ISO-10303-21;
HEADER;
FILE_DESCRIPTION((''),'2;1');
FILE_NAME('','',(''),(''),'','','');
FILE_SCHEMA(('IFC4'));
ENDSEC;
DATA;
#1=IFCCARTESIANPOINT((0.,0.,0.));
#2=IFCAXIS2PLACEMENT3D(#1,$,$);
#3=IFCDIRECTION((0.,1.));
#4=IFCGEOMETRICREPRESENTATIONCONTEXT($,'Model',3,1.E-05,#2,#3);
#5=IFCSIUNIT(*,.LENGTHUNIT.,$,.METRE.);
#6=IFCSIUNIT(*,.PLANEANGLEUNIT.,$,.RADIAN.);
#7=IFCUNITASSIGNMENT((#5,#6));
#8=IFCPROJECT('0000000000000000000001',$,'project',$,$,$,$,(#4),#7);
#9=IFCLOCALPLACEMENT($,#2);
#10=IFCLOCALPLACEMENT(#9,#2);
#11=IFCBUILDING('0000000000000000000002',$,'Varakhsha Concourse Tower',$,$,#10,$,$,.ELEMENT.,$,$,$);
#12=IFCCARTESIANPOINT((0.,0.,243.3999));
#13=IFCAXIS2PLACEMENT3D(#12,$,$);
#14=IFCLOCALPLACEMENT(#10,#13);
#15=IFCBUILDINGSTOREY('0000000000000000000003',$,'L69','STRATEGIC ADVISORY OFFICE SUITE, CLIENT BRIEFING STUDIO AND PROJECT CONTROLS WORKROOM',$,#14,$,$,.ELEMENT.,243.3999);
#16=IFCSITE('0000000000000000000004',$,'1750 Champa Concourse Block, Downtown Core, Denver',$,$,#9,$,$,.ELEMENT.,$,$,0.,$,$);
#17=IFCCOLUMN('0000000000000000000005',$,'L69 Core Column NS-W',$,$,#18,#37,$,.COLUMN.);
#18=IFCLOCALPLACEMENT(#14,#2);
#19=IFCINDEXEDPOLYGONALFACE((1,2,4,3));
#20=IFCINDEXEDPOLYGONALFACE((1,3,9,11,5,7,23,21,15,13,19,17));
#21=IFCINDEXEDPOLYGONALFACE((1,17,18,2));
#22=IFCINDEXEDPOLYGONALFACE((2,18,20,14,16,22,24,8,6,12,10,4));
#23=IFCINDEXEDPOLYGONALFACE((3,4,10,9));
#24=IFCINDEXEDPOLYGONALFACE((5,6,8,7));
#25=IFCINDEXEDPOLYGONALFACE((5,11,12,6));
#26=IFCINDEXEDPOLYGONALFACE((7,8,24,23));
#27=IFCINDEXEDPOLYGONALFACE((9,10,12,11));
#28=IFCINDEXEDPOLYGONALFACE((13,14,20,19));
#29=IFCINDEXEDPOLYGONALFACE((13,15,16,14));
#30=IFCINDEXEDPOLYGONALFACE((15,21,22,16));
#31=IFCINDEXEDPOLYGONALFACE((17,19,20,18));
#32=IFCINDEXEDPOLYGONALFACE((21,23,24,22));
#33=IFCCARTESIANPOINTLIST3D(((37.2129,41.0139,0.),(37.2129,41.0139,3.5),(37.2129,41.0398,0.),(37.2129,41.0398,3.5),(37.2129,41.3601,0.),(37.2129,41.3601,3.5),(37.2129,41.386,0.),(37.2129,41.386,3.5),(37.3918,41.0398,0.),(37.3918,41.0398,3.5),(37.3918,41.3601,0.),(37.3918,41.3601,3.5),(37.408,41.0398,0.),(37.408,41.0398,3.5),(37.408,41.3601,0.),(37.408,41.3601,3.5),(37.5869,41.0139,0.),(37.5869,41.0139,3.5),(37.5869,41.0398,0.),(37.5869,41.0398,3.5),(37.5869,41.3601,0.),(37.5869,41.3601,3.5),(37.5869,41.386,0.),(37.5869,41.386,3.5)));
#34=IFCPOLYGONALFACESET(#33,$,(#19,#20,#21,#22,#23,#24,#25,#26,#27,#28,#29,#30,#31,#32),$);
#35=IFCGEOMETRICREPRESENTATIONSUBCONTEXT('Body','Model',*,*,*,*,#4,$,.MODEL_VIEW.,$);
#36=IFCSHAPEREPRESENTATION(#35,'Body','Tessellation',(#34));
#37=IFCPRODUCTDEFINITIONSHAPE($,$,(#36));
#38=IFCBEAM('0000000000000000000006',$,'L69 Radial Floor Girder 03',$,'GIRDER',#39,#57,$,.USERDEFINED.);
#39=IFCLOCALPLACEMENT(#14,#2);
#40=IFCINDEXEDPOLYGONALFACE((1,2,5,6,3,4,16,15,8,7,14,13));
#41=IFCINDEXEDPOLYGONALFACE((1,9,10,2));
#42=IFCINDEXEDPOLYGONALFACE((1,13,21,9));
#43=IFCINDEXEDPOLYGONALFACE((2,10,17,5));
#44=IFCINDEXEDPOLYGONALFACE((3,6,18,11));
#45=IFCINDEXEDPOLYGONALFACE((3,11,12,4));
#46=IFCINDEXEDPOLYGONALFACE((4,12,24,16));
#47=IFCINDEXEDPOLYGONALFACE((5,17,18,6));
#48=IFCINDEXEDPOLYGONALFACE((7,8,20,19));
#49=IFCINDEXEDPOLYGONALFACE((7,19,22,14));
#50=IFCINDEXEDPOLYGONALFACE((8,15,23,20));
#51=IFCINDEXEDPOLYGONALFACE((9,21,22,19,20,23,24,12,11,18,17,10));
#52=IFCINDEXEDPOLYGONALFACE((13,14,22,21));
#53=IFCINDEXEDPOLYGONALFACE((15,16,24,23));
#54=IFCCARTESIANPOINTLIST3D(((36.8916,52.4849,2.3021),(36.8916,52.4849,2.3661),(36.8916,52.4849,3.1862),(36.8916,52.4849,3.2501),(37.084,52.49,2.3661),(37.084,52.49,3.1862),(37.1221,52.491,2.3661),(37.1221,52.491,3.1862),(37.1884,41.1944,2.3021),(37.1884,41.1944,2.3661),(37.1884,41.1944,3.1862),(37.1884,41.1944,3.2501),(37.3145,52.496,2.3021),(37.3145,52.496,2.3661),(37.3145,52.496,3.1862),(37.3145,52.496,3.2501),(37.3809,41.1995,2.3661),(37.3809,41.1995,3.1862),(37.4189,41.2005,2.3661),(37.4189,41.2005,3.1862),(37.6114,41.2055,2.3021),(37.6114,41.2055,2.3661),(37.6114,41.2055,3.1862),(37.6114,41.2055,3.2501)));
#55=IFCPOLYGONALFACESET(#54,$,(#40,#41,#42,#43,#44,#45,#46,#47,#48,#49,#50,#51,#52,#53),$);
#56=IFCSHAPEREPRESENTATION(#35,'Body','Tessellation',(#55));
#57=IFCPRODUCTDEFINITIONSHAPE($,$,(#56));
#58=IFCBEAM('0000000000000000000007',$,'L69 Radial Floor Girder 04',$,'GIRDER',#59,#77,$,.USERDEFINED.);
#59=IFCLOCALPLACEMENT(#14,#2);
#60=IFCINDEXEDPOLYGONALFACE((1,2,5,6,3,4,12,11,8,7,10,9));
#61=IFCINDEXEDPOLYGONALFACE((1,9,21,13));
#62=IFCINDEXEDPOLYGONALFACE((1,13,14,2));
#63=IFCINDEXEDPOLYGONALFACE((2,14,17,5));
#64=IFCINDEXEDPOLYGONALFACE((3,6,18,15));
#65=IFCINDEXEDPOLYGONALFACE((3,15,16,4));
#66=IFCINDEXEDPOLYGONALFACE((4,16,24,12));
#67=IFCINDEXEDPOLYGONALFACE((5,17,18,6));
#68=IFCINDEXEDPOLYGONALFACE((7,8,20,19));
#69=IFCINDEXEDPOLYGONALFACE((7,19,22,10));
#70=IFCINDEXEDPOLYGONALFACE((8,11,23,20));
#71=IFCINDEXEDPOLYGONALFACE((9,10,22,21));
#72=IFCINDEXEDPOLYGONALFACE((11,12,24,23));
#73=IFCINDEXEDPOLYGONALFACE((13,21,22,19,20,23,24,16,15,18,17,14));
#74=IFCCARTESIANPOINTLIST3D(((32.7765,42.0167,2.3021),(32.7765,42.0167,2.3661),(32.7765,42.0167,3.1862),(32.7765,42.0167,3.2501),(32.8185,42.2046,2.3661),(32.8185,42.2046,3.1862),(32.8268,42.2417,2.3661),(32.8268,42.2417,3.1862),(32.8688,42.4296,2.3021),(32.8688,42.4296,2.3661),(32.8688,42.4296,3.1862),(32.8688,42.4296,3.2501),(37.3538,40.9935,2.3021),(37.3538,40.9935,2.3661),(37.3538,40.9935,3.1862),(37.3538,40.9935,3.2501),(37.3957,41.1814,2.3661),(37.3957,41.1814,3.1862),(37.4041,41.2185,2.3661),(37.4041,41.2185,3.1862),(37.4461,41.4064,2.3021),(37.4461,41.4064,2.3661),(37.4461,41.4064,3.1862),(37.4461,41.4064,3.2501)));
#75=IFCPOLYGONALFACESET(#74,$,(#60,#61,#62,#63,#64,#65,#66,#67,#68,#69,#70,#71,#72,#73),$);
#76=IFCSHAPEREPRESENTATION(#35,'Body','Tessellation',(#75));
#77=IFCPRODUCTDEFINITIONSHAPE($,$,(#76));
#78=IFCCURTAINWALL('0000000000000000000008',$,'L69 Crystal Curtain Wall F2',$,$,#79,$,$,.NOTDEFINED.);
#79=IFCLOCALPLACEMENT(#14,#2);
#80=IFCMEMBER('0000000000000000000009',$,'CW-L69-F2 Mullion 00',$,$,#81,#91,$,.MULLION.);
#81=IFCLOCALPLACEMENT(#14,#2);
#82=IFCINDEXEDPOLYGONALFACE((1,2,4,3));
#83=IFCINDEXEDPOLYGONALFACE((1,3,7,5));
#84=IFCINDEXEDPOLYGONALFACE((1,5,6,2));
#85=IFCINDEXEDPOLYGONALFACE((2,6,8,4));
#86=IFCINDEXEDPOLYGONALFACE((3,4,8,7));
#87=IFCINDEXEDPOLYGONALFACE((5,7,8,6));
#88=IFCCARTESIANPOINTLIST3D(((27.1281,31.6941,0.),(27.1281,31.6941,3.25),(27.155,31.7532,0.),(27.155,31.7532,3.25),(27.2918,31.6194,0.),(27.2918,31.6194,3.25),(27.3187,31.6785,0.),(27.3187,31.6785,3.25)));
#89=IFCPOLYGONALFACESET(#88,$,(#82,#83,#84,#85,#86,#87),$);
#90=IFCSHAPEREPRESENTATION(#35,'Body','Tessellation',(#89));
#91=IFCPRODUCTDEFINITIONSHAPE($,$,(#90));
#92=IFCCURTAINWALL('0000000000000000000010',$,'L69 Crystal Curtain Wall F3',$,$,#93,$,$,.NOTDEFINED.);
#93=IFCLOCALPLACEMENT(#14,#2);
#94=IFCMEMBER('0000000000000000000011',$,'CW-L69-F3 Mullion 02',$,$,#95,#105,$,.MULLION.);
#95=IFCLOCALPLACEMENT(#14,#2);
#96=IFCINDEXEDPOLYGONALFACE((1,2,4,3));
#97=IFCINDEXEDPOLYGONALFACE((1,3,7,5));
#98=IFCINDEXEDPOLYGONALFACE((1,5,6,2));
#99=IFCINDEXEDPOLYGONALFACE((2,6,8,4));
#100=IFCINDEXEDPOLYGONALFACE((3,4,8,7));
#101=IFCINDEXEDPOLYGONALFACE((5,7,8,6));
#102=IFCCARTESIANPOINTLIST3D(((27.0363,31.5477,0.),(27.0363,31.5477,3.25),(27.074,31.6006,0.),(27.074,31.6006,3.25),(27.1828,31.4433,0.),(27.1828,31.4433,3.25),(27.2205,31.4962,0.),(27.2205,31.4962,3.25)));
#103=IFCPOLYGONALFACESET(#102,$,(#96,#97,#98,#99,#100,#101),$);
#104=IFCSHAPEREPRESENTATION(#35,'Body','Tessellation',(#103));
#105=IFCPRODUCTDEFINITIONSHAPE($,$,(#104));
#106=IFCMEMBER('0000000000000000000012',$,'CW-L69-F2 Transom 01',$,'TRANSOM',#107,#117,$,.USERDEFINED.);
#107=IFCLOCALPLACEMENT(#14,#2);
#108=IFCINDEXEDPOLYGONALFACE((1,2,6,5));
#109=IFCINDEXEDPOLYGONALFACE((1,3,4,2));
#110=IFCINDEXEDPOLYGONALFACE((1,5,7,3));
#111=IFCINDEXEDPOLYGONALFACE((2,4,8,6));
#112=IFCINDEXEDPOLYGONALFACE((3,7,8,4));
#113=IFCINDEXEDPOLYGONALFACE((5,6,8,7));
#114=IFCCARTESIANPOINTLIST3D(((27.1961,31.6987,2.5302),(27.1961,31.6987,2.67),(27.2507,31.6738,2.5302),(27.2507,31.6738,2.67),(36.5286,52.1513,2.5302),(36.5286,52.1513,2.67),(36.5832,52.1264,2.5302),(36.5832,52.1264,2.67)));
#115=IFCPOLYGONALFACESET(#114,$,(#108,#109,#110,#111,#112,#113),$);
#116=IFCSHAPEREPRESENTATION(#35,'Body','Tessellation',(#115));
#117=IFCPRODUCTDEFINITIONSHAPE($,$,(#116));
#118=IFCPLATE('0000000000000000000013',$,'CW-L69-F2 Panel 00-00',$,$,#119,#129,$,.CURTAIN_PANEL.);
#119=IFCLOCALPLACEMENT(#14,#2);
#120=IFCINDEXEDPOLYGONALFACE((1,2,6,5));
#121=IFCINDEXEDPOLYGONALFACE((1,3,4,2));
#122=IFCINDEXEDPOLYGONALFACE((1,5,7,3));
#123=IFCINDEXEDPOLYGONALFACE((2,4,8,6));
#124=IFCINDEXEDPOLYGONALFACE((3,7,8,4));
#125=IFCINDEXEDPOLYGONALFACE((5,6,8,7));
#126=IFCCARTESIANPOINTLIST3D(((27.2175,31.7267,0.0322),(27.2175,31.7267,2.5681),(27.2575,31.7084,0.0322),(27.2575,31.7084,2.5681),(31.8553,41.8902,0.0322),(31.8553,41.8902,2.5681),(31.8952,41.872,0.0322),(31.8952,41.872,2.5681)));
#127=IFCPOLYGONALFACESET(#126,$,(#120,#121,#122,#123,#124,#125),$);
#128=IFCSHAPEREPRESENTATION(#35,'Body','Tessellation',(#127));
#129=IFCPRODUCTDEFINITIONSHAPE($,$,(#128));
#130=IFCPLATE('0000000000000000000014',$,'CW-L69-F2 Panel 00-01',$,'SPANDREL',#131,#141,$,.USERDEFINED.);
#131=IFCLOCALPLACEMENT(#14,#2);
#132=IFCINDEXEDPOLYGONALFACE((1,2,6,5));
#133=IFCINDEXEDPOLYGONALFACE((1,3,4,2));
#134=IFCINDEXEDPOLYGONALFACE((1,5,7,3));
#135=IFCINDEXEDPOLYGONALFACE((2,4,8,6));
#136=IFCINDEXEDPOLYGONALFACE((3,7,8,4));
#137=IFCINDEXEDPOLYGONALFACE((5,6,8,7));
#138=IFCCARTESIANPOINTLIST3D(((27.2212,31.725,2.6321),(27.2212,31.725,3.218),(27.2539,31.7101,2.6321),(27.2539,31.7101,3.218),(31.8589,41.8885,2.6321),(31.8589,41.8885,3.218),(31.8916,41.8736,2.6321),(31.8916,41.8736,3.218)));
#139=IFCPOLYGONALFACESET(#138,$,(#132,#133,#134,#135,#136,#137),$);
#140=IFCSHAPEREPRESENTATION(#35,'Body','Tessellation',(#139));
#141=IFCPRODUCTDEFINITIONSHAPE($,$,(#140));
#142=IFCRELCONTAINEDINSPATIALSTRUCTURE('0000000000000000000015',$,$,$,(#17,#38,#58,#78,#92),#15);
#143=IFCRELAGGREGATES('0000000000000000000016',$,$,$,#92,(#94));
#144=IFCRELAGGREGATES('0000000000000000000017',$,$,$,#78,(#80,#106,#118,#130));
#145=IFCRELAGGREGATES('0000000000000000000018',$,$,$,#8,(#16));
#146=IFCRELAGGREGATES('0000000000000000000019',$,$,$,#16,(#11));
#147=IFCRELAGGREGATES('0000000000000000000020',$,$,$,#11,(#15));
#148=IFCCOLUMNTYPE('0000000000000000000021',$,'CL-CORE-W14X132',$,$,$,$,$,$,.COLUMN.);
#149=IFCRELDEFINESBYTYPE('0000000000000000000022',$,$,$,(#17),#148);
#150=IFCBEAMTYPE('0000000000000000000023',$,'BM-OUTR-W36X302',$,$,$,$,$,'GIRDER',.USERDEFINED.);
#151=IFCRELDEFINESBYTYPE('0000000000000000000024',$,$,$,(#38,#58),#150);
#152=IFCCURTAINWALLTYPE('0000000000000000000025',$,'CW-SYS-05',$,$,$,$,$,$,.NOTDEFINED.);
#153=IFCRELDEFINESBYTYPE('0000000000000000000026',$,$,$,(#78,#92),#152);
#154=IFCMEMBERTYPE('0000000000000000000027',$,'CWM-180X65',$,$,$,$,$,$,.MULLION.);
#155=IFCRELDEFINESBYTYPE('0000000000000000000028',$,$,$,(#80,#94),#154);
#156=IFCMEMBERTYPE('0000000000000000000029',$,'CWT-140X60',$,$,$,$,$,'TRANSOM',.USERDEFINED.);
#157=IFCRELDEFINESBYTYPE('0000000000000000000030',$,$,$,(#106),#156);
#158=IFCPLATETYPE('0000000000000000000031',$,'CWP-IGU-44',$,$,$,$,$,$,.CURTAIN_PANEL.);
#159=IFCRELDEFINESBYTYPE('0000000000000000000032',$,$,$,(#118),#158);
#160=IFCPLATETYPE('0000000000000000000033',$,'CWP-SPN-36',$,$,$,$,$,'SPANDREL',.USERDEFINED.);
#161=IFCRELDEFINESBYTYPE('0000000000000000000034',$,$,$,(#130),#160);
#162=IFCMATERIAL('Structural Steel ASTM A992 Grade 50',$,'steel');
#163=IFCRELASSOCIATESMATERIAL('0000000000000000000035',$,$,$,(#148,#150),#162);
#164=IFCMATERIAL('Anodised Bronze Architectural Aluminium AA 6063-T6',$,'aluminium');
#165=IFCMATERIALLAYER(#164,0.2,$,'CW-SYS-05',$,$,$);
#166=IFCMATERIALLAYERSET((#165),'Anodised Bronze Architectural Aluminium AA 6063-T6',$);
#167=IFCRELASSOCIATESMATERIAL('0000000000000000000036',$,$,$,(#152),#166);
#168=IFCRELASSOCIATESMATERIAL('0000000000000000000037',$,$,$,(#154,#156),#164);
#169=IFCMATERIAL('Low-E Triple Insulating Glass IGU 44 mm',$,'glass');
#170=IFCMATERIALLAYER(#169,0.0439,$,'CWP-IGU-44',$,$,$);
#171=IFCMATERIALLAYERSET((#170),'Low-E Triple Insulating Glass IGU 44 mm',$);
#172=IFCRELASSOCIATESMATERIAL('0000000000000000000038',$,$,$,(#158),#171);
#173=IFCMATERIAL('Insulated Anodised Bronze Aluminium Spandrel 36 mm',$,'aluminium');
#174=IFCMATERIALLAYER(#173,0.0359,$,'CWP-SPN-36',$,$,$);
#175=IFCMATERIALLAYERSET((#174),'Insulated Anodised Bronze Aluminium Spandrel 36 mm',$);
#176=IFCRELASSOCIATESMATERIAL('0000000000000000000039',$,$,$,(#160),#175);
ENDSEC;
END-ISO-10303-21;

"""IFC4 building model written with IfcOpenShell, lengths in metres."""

from ifc_helpers import new_model, si_unit, direction, frame, origin, origin_2d, place, context, subcontext, project, spatial, rectangle, i_section, extrude, source, transform, mapped, material, layer, layer_set, material_profile, profile_set, type_object, type_shapes, element, aggregate, save


model = new_model("IFC4")

# Units and contexts
model_context = context("Model", 3, precision=1e-05, world=origin(), true_north=direction((0.0, 1.0)))
body_context = subcontext(model_context, "Body", "Model", "MODEL_VIEW")
ifc_project = project(units=[si_unit("LENGTHUNIT", "METRE"), si_unit("PLANEANGLEUNIT", "RADIAN")], contexts=[model_context])

# Site, building, storey
site_placement = place(None, origin())
site = spatial("IfcSite", under=ifc_project, at=site_placement, Name="1750 Champa Concourse Block, Downtown Core, Denver", CompositionType="ELEMENT", RefElevation=0.0)
building_placement = place(site_placement, origin())
building = spatial("IfcBuilding", under=site, at=building_placement, Name="Varakhsha Concourse Tower", CompositionType="ELEMENT")
storey_placement = place(building_placement, frame((0.0, 0.0, 243.3999)))
storey = spatial("IfcBuildingStorey", under=building, at=storey_placement, Name="L69", Description="STRATEGIC ADVISORY OFFICE SUITE, CLIENT BRIEFING STUDIO AND PROJECT CONTROLS WORKROOM", CompositionType="ELEMENT", Elevation=243.3999)

# Column
ifc_material_1 = material(Name="Structural Steel ASTM A992 Grade 50", Category="steel")
ifc_material_profile_1 = material_profile(ifc_material_1, i_section(OverallWidth=0.374, OverallDepth=0.3721, WebThickness=0.0161, FlangeThickness=0.0259, at=origin_2d()), Name="W14X132")
ifc_profile_set_1 = profile_set([ifc_material_profile_1], Name="Structural Steel ASTM A992 Grade 50")
column_type = type_object("IfcColumnType", Name="CL-CORE-W14X132", PredefinedType="COLUMN", material=ifc_profile_set_1)
column_placement = place(storey_placement, frame((37.3999, 41.2, 0.0), z_axis=(0.0, 0.0, 1.0), x_axis=(1.0, 0.0, 0.0)))
element("IfcColumn", 1, at=column_placement, inside=storey, type_object=column_type, Name="L69 Core Column NS-W", PredefinedType="COLUMN", context=body_context, shape_type="SweptSolid", body=[
    extrude(i_section(OverallWidth=0.374, OverallDepth=0.3721, WebThickness=0.0161, FlangeThickness=0.0259, at=origin_2d()), origin(), (0.0, 0.0, 1.0), 3.5),
])

# Beams
ifc_material_profile_2 = material_profile(ifc_material_1, i_section(OverallWidth=0.4231, OverallDepth=0.948, WebThickness=0.0381, FlangeThickness=0.064, at=origin_2d()), Name="W36X302")
ifc_profile_set_2 = profile_set([ifc_material_profile_2], Name="Structural Steel ASTM A992 Grade 50")
beam_type = type_object("IfcBeamType", Name="BM-OUTR-W36X302", ElementType="GIRDER", PredefinedType="USERDEFINED", material=ifc_profile_set_2)
beam_1_placement = place(storey_placement, frame((37.3999, 41.2, 2.7761), z_axis=(-0.026285, 0.999654, 0.0), x_axis=(-0.999654, -0.026285, 0.0)))
element("IfcBeam", 2, at=beam_1_placement, inside=storey, type_object=beam_type, Name="L69 Radial Floor Girder 03", ObjectType="GIRDER", PredefinedType="USERDEFINED", context=body_context, shape_type="SweptSolid", body=[
    extrude(i_section(OverallWidth=0.4231, OverallDepth=0.948, WebThickness=0.0381, FlangeThickness=0.064, at=origin_2d()), origin(), (0.0, 0.0, 1.0), 11.2944),
])
beam_2_placement = place(storey_placement, frame((37.3999, 41.2, 2.7761), z_axis=(-0.975913, 0.218159, 0.0), x_axis=(-0.218159, -0.975913, 0.0)))
element("IfcBeam", 3, at=beam_2_placement, inside=storey, type_object=beam_type, Name="L69 Radial Floor Girder 04", ObjectType="GIRDER", PredefinedType="USERDEFINED", context=body_context, shape_type="SweptSolid", body=[
    extrude(i_section(OverallWidth=0.4231, OverallDepth=0.948, WebThickness=0.0381, FlangeThickness=0.064, at=origin_2d()), origin(), (0.0, 0.0, 1.0), 4.6902),
])

# Curtain walls, members
ifc_material_2 = material(Name="Anodised Bronze Architectural Aluminium AA 6063-T6", Category="aluminium")
ifc_layer_1 = layer(ifc_material_2, 0.2, Name="CW-SYS-05")
ifc_layer_set_1 = layer_set([ifc_layer_1], Name="Anodised Bronze Architectural Aluminium AA 6063-T6")
curtain_wall_type = type_object("IfcCurtainWallType", Name="CW-SYS-05", PredefinedType="NOTDEFINED", material=ifc_layer_set_1)
curtain_wall_1_placement = place(storey_placement, origin())
curtain_wall_1 = element("IfcCurtainWall", 4, at=curtain_wall_1_placement, inside=storey, type_object=curtain_wall_type, Name="L69 Crystal Curtain Wall F2", PredefinedType="NOTDEFINED")
ifc_material_profile_3 = material_profile(ifc_material_2, rectangle(XDim=0.0649, YDim=0.1799, at=origin_2d()), Name="CWM-180X65")
ifc_profile_set_3 = profile_set([ifc_material_profile_3], Name="Anodised Bronze Architectural Aluminium AA 6063-T6")
member_type_1 = type_object("IfcMemberType", Name="CWM-180X65", PredefinedType="MULLION", material=ifc_profile_set_3)
shared_shape_1 = source(origin(), body_context, "Body", "SweptSolid", [
    extrude(rectangle(XDim=0.0649, YDim=0.1799, at=origin_2d()), origin(), (0.0, 0.0, 1.0), 3.25),
])
type_shapes(member_type_1, [shared_shape_1])
member_1_placement = place(storey_placement, frame((27.2234, 31.6863, 0.0), z_axis=(0.0, 0.0, 1.0), x_axis=(0.415133, 0.909761, 0.0)))
member_1 = element("IfcMember", 5, at=member_1_placement, type_object=member_type_1, Name="CW-L69-F2 Mullion 00", PredefinedType="MULLION", context=body_context, shape_type="MappedRepresentation", body=[
    mapped(shared_shape_1, transform((0.0, 0.0, 0.0), scale=1.0)),
])
curtain_wall_2_placement = place(storey_placement, origin())
curtain_wall_2 = element("IfcCurtainWall", 6, at=curtain_wall_2_placement, inside=storey, type_object=curtain_wall_type, Name="L69 Crystal Curtain Wall F3", PredefinedType="NOTDEFINED")
member_2_placement = place(storey_placement, frame((27.1284, 31.522, 0.0), z_axis=(0.0, 0.0, 1.0), x_axis=(0.580306, 0.814398, 0.0)))
member_2 = element("IfcMember", 7, at=member_2_placement, type_object=member_type_1, Name="CW-L69-F3 Mullion 02", PredefinedType="MULLION", context=body_context, shape_type="MappedRepresentation", body=[
    mapped(shared_shape_1, transform((0.0, 0.0, 0.0), scale=1.0)),
])
aggregate(curtain_wall_2, [member_2])

# Member
ifc_material_profile_4 = material_profile(ifc_material_2, rectangle(XDim=0.0601, YDim=0.1399, at=origin_2d()), Name="CWT-140X60")
ifc_profile_set_4 = profile_set([ifc_material_profile_4], Name="Anodised Bronze Architectural Aluminium AA 6063-T6")
member_type_2 = type_object("IfcMemberType", Name="CWT-140X60", ElementType="TRANSOM", PredefinedType="USERDEFINED", material=ifc_profile_set_4)
shared_shape_2 = source(origin(), body_context, "Body", "SweptSolid", [
    extrude(rectangle(XDim=0.0601, YDim=0.1399, at=origin_2d()), origin(), (0.0, 0.0, 1.0), 22.4812),
])
type_shapes(member_type_2, [shared_shape_2])
member_3_placement = place(storey_placement, frame((27.2234, 31.6863, 2.6001), z_axis=(0.415125, 0.909765, 0.0), x_axis=(-0.909765, 0.415125, 0.0)))
member_3 = element("IfcMember", 8, at=member_3_placement, type_object=member_type_2, Name="CW-L69-F2 Transom 01", ObjectType="TRANSOM", PredefinedType="USERDEFINED", context=body_context, shape_type="MappedRepresentation", body=[
    mapped(shared_shape_2, transform((0.0, 0.0, 0.0), scale=1.0)),
])

# Plates
ifc_material_3 = material(Name="Low-E Triple Insulating Glass IGU 44 mm", Category="glass")
ifc_layer_2 = layer(ifc_material_3, 0.0439, Name="CWP-IGU-44")
ifc_layer_set_2 = layer_set([ifc_layer_2], Name="Low-E Triple Insulating Glass IGU 44 mm")
plate_type_1 = type_object("IfcPlateType", Name="CWP-IGU-44", PredefinedType="CURTAIN_PANEL", material=ifc_layer_set_2)
shared_shape_3 = source(origin(), body_context, "Body", "SweptSolid", [
    extrude(rectangle(XDim=11.1716, YDim=0.0439, at=origin_2d()), origin(), (0.0, 0.0, 1.0), 2.5359),
])
type_shapes(plate_type_1, [shared_shape_3])
plate_1_placement = place(storey_placement, frame((29.5564, 36.7993, 0.0322), z_axis=(0.0, 0.0, 1.0), x_axis=(0.415133, 0.909761, 0.0)))
plate_1 = element("IfcPlate", 9, at=plate_1_placement, type_object=plate_type_1, Name="CW-L69-F2 Panel 00-00", PredefinedType="CURTAIN_PANEL", context=body_context, shape_type="MappedRepresentation", body=[
    mapped(shared_shape_3, transform((0.0, 0.0, 0.0), scale=1.0)),
])
ifc_material_4 = material(Name="Insulated Anodised Bronze Aluminium Spandrel 36 mm", Category="aluminium")
ifc_layer_3 = layer(ifc_material_4, 0.0359, Name="CWP-SPN-36")
ifc_layer_set_3 = layer_set([ifc_layer_3], Name="Insulated Anodised Bronze Aluminium Spandrel 36 mm")
plate_type_2 = type_object("IfcPlateType", Name="CWP-SPN-36", ElementType="SPANDREL", PredefinedType="USERDEFINED", material=ifc_layer_set_3)
shared_shape_4 = source(origin(), body_context, "Body", "SweptSolid", [
    extrude(rectangle(XDim=11.1716, YDim=0.0359, at=origin_2d()), origin(), (0.0, 0.0, 1.0), 0.5859),
])
type_shapes(plate_type_2, [shared_shape_4])
plate_2_placement = place(storey_placement, frame((29.5564, 36.7993, 2.6321), z_axis=(0.0, 0.0, 1.0), x_axis=(0.415133, 0.909761, 0.0)))
plate_2 = element("IfcPlate", 10, at=plate_2_placement, type_object=plate_type_2, Name="CW-L69-F2 Panel 00-01", ObjectType="SPANDREL", PredefinedType="USERDEFINED", context=body_context, shape_type="MappedRepresentation", body=[
    mapped(shared_shape_4, transform((0.0, 0.0, 0.0), scale=1.0)),
])
aggregate(curtain_wall_1, [member_1, member_3, plate_1, plate_2])

save(model, "model.ifc")
